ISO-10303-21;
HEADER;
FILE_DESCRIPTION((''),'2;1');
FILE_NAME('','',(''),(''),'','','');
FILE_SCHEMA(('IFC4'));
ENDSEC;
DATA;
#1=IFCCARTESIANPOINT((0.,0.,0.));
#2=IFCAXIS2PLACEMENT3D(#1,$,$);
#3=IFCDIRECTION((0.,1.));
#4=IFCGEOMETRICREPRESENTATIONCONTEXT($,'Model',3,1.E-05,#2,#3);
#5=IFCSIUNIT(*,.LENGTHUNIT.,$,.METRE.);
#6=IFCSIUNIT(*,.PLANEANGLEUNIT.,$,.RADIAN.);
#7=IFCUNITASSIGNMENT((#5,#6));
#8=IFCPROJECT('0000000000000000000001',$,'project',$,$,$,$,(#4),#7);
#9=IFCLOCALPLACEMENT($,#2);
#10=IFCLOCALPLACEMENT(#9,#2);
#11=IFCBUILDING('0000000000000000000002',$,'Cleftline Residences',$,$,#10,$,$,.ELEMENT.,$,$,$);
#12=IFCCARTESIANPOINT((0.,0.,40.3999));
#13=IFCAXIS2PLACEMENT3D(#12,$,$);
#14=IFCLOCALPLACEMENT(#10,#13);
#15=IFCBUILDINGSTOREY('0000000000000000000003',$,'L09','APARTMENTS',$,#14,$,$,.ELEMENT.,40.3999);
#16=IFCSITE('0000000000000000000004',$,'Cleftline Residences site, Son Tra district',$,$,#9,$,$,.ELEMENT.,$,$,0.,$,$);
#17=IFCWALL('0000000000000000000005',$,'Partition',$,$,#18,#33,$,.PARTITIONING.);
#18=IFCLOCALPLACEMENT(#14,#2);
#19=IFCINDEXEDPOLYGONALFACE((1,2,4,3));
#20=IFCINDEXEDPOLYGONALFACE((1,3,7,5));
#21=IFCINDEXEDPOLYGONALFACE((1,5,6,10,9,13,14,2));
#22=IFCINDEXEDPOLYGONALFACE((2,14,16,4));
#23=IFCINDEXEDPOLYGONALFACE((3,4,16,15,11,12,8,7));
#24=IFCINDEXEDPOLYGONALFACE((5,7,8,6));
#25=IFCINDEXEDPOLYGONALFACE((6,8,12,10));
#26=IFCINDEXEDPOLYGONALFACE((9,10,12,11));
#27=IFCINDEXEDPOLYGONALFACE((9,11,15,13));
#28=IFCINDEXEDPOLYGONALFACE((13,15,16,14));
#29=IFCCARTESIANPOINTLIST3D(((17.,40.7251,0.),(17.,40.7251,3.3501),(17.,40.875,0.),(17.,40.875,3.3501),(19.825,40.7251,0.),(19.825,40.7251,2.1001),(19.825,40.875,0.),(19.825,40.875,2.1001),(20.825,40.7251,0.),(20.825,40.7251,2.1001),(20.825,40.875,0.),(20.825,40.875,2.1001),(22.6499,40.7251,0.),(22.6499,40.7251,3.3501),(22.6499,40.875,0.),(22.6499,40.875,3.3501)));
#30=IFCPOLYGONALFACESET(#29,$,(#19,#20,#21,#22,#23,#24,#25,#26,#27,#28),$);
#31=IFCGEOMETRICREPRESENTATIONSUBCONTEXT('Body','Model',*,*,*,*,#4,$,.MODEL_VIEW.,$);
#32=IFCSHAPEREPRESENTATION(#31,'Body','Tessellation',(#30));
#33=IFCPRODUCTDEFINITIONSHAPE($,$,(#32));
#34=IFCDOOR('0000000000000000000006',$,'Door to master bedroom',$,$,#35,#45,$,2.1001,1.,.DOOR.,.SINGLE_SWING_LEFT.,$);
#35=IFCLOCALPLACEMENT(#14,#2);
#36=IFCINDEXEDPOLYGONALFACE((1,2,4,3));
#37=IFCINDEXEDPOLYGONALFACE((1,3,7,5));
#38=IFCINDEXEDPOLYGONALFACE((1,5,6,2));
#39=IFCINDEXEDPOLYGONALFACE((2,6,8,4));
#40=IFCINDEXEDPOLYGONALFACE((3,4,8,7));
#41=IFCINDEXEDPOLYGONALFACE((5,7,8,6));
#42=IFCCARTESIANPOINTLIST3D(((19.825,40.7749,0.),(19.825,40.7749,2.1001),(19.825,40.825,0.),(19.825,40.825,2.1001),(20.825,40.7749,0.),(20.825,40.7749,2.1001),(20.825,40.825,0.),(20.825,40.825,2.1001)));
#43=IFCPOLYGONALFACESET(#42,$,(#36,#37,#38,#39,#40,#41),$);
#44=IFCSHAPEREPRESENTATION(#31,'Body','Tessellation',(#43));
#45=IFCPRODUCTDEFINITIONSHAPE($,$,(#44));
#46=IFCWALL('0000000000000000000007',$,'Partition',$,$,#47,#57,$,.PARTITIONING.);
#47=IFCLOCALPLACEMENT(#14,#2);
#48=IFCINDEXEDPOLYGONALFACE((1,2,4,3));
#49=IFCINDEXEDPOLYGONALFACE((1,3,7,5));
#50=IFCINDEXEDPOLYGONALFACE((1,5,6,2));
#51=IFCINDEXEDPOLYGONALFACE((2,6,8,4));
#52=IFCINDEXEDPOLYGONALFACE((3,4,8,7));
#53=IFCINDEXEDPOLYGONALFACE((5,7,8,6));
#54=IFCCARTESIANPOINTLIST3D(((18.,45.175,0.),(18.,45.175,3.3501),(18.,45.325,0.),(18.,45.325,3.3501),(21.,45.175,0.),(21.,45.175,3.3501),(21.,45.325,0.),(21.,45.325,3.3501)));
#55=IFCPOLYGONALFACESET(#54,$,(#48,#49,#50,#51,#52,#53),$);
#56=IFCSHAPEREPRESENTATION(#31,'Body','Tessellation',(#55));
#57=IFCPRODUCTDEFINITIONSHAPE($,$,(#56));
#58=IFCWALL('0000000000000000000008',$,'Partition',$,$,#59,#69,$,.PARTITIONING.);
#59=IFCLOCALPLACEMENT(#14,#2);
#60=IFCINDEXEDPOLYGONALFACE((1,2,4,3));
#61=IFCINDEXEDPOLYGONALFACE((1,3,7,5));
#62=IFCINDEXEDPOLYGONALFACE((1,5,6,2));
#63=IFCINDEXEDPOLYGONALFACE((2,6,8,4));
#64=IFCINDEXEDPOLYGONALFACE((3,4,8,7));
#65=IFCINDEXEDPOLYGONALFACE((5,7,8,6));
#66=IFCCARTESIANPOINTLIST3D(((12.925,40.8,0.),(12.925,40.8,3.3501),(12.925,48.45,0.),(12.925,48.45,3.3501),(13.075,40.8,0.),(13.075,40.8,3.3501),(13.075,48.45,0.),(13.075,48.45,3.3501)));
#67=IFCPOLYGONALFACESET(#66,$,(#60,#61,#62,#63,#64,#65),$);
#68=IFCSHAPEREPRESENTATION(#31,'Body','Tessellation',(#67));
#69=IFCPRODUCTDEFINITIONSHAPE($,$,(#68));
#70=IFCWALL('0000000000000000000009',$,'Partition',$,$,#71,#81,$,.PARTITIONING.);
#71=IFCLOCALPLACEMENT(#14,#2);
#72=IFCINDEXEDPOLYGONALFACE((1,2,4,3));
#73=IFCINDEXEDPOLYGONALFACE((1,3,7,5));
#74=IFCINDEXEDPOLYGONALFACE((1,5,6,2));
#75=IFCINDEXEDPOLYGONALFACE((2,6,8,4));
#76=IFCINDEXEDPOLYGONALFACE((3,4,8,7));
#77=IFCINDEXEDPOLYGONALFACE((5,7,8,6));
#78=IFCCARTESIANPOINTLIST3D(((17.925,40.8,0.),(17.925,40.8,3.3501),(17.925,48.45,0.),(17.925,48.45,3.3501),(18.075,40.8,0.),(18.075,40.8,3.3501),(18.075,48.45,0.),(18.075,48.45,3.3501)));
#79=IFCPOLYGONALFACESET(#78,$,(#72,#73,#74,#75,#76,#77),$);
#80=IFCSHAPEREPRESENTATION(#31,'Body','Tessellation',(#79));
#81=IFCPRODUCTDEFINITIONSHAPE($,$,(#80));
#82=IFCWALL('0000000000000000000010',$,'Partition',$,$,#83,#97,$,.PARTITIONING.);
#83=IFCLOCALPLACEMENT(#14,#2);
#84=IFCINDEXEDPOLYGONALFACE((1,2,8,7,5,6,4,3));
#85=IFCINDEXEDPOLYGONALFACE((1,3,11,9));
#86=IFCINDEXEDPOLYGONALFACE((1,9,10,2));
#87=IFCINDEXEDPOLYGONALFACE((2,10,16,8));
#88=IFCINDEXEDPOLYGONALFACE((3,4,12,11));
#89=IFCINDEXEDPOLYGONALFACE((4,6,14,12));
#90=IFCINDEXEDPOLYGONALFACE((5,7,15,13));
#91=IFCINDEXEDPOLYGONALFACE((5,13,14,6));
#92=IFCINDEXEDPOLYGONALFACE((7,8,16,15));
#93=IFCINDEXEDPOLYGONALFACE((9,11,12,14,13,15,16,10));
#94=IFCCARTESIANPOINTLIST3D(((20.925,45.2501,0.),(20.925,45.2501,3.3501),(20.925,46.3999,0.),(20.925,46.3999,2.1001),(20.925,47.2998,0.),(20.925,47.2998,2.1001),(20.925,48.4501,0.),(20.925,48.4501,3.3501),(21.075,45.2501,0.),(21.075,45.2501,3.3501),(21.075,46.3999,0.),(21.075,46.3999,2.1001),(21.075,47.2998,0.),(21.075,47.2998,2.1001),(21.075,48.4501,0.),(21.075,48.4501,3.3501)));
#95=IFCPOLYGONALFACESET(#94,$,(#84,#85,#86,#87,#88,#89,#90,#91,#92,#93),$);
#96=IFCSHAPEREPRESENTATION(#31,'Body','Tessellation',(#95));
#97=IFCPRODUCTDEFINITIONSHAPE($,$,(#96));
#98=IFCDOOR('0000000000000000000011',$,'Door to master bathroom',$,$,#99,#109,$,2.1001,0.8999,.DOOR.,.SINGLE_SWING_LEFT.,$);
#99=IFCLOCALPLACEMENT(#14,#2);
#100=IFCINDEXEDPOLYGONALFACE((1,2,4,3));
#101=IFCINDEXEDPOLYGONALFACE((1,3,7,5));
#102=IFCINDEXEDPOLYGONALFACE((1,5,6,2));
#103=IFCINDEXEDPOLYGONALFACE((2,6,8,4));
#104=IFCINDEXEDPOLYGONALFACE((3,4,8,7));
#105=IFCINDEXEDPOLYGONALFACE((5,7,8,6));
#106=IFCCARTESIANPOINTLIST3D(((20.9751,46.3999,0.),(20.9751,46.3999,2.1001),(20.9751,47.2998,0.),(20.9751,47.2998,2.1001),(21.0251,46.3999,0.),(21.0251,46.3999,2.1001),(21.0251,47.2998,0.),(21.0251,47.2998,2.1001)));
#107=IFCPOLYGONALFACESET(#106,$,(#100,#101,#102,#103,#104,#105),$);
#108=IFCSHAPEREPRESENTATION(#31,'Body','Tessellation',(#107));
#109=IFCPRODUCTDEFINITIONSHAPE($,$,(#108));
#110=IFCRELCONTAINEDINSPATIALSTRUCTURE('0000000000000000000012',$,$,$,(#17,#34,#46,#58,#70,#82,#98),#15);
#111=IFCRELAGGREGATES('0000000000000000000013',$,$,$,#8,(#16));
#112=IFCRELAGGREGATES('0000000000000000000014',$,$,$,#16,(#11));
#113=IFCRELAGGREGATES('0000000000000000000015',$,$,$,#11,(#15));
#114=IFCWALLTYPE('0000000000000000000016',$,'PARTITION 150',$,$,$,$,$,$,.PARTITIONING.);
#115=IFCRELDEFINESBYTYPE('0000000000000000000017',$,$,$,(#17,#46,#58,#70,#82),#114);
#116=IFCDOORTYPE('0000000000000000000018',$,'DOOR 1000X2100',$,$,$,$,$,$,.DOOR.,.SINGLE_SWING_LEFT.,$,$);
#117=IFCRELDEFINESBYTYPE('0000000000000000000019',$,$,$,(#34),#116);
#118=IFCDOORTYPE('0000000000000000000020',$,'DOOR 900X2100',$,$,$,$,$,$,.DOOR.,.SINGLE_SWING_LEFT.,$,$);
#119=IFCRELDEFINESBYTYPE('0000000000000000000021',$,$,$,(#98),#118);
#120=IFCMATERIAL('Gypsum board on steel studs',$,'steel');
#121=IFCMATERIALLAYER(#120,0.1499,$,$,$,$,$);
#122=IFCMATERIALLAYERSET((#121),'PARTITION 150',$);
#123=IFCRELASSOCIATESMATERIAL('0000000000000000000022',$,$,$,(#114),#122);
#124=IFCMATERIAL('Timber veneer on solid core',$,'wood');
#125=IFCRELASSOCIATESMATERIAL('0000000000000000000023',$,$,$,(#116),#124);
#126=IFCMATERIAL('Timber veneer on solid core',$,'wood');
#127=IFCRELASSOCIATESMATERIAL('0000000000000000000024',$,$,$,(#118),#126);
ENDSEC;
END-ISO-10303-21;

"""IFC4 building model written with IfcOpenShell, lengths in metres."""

from ifc_helpers import new_model, si_unit, direction, frame, frame_2d, origin, place, context, subcontext, project, spatial, rectangle, extrude, material, layer, layer_set, type_object, element, fill, save


model = new_model("IFC4")

# Units and contexts
model_context = context("Model", 3, precision=1e-05, world=origin(), true_north=direction((0.0, 1.0)))
body_context = subcontext(model_context, "Body", "Model", "MODEL_VIEW")
ifc_project = project(units=[si_unit("LENGTHUNIT", "METRE"), si_unit("PLANEANGLEUNIT", "RADIAN")], contexts=[model_context])

# Site, building, storey
site_placement = place(None, origin())
site = spatial("IfcSite", under=ifc_project, at=site_placement, Name="Cleftline Residences site, Son Tra district", CompositionType="ELEMENT", RefElevation=0.0)
building_placement = place(site_placement, origin())
building = spatial("IfcBuilding", under=site, at=building_placement, Name="Cleftline Residences", CompositionType="ELEMENT")
storey_placement = place(building_placement, frame((0.0, 0.0, 40.3999)))
storey = spatial("IfcBuildingStorey", under=building, at=storey_placement, Name="L09", Description="APARTMENTS", CompositionType="ELEMENT", Elevation=40.3999)

# Wall, opening, door
ifc_material_1 = material(Name="Gypsum board on steel studs", Category="steel")
ifc_layer = layer(ifc_material_1, 0.1499)
ifc_layer_set = layer_set([ifc_layer], Name="PARTITION 150")
wall_type = type_object("IfcWallType", Name="PARTITION 150", PredefinedType="PARTITIONING", material=ifc_layer_set)
ifc_material_2 = material(Name="Timber veneer on solid core", Category="wood")
door_type_1 = type_object("IfcDoorType", Name="DOOR 1000X2100", OperationType="SINGLE_SWING_LEFT", PredefinedType="DOOR", material=ifc_material_2)
wall_1_placement = place(storey_placement, frame((17.0, 40.8, 0.0), z_axis=(0.0, 0.0, 1.0), x_axis=(1.0, 0.0, 0.0)))
wall_1 = element("IfcWall", 1, at=wall_1_placement, inside=storey, type_object=wall_type, Name="Partition", PredefinedType="PARTITIONING", context=body_context, shape_type="SweptSolid", body=[
    extrude(rectangle(XDim=5.6499, YDim=0.1499, at=frame_2d((2.825, 0.0))), origin(), (0.0, 0.0, 1.0), 3.3501),
])
opening_1_placement = place(wall_1_placement, frame((2.825, 0.0, 0.0)))
opening_1 = element("IfcOpeningElement", 2, at=opening_1_placement, cuts=wall_1, PredefinedType="OPENING", context=body_context, shape_type="SweptSolid", body=[
    extrude(rectangle(XDim=1.0, YDim=2.1001, at=frame_2d((0.5, 1.05))), frame((0.0, 0.085, 0.0), z_axis=(0.0, -1.0, 0.0), x_axis=(1.0, 0.0, 0.0)), (0.0, 0.0, 1.0), 0.1699),
])
door_1_placement = place(opening_1_placement, origin())
door_1 = element("IfcDoor", 3, at=door_1_placement, inside=storey, type_object=door_type_1, Name="Door to master bedroom", OperationType="SINGLE_SWING_LEFT", OverallHeight=2.1001, OverallWidth=1.0, PredefinedType="DOOR", context=body_context, shape_type="SweptSolid", body=[
    extrude(rectangle(XDim=1.0, YDim=2.1001, at=frame_2d((0.5, 1.05))), frame((0.0, 0.0249, 0.0), z_axis=(0.0, -1.0, 0.0), x_axis=(1.0, 0.0, 0.0)), (0.0, 0.0, 1.0), 0.05),
])
fill(opening_1, door_1)

# Walls
wall_2_placement = place(storey_placement, frame((18.0, 45.25, 0.0), z_axis=(0.0, 0.0, 1.0), x_axis=(1.0, 0.0, 0.0)))
element("IfcWall", 4, at=wall_2_placement, inside=storey, type_object=wall_type, Name="Partition", PredefinedType="PARTITIONING", context=body_context, shape_type="SweptSolid", body=[
    extrude(rectangle(XDim=3.0, YDim=0.1499, at=frame_2d((1.5, 0.0))), origin(), (0.0, 0.0, 1.0), 3.3501),
])
for number, where, z_axis, x_axis, name in (
    (5, (13.0, 40.8, 0.0), (0.0, 0.0, 1.0), (0.0, 1.0, 0.0), "Partition"),
    (6, (18.0, 40.8, 0.0), (0.0, 0.0, 1.0), (0.0, 1.0, 0.0), "Partition"),
):
    element("IfcWall", number, at=place(storey_placement, frame(where, z_axis=z_axis, x_axis=x_axis)), inside=storey, type_object=wall_type, Name=name, PredefinedType="PARTITIONING", context=body_context, shape_type="SweptSolid", body=[
        extrude(rectangle(XDim=7.6499, YDim=0.1499, at=frame_2d((3.825, 0.0))), origin(), (0.0, 0.0, 1.0), 3.3501),
    ])

# Wall, opening, door
wall_3_placement = place(storey_placement, frame((21.0, 45.25, 0.0), z_axis=(0.0, 0.0, 1.0), x_axis=(0.0, 1.0, 0.0)))
wall_3 = element("IfcWall", 7, at=wall_3_placement, inside=storey, type_object=wall_type, Name="Partition", PredefinedType="PARTITIONING", context=body_context, shape_type="SweptSolid", body=[
    extrude(rectangle(XDim=3.2, YDim=0.1499, at=frame_2d((1.6001, 0.0))), origin(), (0.0, 0.0, 1.0), 3.3501),
])
opening_2_placement = place(wall_3_placement, frame((1.1499, 0.0, 0.0)))
opening_2 = element("IfcOpeningElement", 8, at=opening_2_placement, cuts=wall_3, PredefinedType="OPENING", context=body_context, shape_type="SweptSolid", body=[
    extrude(rectangle(XDim=0.8999, YDim=2.1001, at=frame_2d((0.45, 1.05))), frame((0.0, 0.085, 0.0), z_axis=(0.0, -1.0, 0.0), x_axis=(1.0, 0.0, 0.0)), (0.0, 0.0, 1.0), 0.1699),
])
ifc_material_3 = material(Name="Timber veneer on solid core", Category="wood")
door_type_2 = type_object("IfcDoorType", Name="DOOR 900X2100", OperationType="SINGLE_SWING_LEFT", PredefinedType="DOOR", material=ifc_material_3)
door_2_placement = place(opening_2_placement, origin())
door_2 = element("IfcDoor", 9, at=door_2_placement, inside=storey, type_object=door_type_2, Name="Door to master bathroom", OperationType="SINGLE_SWING_LEFT", OverallHeight=2.1001, OverallWidth=0.8999, PredefinedType="DOOR", context=body_context, shape_type="SweptSolid", body=[
    extrude(rectangle(XDim=0.8999, YDim=2.1001, at=frame_2d((0.45, 1.05))), frame((0.0, 0.0249, 0.0), z_axis=(0.0, -1.0, 0.0), x_axis=(1.0, 0.0, 0.0)), (0.0, 0.0, 1.0), 0.05),
])
fill(opening_2, door_2)

save(model, "model.ifc")
